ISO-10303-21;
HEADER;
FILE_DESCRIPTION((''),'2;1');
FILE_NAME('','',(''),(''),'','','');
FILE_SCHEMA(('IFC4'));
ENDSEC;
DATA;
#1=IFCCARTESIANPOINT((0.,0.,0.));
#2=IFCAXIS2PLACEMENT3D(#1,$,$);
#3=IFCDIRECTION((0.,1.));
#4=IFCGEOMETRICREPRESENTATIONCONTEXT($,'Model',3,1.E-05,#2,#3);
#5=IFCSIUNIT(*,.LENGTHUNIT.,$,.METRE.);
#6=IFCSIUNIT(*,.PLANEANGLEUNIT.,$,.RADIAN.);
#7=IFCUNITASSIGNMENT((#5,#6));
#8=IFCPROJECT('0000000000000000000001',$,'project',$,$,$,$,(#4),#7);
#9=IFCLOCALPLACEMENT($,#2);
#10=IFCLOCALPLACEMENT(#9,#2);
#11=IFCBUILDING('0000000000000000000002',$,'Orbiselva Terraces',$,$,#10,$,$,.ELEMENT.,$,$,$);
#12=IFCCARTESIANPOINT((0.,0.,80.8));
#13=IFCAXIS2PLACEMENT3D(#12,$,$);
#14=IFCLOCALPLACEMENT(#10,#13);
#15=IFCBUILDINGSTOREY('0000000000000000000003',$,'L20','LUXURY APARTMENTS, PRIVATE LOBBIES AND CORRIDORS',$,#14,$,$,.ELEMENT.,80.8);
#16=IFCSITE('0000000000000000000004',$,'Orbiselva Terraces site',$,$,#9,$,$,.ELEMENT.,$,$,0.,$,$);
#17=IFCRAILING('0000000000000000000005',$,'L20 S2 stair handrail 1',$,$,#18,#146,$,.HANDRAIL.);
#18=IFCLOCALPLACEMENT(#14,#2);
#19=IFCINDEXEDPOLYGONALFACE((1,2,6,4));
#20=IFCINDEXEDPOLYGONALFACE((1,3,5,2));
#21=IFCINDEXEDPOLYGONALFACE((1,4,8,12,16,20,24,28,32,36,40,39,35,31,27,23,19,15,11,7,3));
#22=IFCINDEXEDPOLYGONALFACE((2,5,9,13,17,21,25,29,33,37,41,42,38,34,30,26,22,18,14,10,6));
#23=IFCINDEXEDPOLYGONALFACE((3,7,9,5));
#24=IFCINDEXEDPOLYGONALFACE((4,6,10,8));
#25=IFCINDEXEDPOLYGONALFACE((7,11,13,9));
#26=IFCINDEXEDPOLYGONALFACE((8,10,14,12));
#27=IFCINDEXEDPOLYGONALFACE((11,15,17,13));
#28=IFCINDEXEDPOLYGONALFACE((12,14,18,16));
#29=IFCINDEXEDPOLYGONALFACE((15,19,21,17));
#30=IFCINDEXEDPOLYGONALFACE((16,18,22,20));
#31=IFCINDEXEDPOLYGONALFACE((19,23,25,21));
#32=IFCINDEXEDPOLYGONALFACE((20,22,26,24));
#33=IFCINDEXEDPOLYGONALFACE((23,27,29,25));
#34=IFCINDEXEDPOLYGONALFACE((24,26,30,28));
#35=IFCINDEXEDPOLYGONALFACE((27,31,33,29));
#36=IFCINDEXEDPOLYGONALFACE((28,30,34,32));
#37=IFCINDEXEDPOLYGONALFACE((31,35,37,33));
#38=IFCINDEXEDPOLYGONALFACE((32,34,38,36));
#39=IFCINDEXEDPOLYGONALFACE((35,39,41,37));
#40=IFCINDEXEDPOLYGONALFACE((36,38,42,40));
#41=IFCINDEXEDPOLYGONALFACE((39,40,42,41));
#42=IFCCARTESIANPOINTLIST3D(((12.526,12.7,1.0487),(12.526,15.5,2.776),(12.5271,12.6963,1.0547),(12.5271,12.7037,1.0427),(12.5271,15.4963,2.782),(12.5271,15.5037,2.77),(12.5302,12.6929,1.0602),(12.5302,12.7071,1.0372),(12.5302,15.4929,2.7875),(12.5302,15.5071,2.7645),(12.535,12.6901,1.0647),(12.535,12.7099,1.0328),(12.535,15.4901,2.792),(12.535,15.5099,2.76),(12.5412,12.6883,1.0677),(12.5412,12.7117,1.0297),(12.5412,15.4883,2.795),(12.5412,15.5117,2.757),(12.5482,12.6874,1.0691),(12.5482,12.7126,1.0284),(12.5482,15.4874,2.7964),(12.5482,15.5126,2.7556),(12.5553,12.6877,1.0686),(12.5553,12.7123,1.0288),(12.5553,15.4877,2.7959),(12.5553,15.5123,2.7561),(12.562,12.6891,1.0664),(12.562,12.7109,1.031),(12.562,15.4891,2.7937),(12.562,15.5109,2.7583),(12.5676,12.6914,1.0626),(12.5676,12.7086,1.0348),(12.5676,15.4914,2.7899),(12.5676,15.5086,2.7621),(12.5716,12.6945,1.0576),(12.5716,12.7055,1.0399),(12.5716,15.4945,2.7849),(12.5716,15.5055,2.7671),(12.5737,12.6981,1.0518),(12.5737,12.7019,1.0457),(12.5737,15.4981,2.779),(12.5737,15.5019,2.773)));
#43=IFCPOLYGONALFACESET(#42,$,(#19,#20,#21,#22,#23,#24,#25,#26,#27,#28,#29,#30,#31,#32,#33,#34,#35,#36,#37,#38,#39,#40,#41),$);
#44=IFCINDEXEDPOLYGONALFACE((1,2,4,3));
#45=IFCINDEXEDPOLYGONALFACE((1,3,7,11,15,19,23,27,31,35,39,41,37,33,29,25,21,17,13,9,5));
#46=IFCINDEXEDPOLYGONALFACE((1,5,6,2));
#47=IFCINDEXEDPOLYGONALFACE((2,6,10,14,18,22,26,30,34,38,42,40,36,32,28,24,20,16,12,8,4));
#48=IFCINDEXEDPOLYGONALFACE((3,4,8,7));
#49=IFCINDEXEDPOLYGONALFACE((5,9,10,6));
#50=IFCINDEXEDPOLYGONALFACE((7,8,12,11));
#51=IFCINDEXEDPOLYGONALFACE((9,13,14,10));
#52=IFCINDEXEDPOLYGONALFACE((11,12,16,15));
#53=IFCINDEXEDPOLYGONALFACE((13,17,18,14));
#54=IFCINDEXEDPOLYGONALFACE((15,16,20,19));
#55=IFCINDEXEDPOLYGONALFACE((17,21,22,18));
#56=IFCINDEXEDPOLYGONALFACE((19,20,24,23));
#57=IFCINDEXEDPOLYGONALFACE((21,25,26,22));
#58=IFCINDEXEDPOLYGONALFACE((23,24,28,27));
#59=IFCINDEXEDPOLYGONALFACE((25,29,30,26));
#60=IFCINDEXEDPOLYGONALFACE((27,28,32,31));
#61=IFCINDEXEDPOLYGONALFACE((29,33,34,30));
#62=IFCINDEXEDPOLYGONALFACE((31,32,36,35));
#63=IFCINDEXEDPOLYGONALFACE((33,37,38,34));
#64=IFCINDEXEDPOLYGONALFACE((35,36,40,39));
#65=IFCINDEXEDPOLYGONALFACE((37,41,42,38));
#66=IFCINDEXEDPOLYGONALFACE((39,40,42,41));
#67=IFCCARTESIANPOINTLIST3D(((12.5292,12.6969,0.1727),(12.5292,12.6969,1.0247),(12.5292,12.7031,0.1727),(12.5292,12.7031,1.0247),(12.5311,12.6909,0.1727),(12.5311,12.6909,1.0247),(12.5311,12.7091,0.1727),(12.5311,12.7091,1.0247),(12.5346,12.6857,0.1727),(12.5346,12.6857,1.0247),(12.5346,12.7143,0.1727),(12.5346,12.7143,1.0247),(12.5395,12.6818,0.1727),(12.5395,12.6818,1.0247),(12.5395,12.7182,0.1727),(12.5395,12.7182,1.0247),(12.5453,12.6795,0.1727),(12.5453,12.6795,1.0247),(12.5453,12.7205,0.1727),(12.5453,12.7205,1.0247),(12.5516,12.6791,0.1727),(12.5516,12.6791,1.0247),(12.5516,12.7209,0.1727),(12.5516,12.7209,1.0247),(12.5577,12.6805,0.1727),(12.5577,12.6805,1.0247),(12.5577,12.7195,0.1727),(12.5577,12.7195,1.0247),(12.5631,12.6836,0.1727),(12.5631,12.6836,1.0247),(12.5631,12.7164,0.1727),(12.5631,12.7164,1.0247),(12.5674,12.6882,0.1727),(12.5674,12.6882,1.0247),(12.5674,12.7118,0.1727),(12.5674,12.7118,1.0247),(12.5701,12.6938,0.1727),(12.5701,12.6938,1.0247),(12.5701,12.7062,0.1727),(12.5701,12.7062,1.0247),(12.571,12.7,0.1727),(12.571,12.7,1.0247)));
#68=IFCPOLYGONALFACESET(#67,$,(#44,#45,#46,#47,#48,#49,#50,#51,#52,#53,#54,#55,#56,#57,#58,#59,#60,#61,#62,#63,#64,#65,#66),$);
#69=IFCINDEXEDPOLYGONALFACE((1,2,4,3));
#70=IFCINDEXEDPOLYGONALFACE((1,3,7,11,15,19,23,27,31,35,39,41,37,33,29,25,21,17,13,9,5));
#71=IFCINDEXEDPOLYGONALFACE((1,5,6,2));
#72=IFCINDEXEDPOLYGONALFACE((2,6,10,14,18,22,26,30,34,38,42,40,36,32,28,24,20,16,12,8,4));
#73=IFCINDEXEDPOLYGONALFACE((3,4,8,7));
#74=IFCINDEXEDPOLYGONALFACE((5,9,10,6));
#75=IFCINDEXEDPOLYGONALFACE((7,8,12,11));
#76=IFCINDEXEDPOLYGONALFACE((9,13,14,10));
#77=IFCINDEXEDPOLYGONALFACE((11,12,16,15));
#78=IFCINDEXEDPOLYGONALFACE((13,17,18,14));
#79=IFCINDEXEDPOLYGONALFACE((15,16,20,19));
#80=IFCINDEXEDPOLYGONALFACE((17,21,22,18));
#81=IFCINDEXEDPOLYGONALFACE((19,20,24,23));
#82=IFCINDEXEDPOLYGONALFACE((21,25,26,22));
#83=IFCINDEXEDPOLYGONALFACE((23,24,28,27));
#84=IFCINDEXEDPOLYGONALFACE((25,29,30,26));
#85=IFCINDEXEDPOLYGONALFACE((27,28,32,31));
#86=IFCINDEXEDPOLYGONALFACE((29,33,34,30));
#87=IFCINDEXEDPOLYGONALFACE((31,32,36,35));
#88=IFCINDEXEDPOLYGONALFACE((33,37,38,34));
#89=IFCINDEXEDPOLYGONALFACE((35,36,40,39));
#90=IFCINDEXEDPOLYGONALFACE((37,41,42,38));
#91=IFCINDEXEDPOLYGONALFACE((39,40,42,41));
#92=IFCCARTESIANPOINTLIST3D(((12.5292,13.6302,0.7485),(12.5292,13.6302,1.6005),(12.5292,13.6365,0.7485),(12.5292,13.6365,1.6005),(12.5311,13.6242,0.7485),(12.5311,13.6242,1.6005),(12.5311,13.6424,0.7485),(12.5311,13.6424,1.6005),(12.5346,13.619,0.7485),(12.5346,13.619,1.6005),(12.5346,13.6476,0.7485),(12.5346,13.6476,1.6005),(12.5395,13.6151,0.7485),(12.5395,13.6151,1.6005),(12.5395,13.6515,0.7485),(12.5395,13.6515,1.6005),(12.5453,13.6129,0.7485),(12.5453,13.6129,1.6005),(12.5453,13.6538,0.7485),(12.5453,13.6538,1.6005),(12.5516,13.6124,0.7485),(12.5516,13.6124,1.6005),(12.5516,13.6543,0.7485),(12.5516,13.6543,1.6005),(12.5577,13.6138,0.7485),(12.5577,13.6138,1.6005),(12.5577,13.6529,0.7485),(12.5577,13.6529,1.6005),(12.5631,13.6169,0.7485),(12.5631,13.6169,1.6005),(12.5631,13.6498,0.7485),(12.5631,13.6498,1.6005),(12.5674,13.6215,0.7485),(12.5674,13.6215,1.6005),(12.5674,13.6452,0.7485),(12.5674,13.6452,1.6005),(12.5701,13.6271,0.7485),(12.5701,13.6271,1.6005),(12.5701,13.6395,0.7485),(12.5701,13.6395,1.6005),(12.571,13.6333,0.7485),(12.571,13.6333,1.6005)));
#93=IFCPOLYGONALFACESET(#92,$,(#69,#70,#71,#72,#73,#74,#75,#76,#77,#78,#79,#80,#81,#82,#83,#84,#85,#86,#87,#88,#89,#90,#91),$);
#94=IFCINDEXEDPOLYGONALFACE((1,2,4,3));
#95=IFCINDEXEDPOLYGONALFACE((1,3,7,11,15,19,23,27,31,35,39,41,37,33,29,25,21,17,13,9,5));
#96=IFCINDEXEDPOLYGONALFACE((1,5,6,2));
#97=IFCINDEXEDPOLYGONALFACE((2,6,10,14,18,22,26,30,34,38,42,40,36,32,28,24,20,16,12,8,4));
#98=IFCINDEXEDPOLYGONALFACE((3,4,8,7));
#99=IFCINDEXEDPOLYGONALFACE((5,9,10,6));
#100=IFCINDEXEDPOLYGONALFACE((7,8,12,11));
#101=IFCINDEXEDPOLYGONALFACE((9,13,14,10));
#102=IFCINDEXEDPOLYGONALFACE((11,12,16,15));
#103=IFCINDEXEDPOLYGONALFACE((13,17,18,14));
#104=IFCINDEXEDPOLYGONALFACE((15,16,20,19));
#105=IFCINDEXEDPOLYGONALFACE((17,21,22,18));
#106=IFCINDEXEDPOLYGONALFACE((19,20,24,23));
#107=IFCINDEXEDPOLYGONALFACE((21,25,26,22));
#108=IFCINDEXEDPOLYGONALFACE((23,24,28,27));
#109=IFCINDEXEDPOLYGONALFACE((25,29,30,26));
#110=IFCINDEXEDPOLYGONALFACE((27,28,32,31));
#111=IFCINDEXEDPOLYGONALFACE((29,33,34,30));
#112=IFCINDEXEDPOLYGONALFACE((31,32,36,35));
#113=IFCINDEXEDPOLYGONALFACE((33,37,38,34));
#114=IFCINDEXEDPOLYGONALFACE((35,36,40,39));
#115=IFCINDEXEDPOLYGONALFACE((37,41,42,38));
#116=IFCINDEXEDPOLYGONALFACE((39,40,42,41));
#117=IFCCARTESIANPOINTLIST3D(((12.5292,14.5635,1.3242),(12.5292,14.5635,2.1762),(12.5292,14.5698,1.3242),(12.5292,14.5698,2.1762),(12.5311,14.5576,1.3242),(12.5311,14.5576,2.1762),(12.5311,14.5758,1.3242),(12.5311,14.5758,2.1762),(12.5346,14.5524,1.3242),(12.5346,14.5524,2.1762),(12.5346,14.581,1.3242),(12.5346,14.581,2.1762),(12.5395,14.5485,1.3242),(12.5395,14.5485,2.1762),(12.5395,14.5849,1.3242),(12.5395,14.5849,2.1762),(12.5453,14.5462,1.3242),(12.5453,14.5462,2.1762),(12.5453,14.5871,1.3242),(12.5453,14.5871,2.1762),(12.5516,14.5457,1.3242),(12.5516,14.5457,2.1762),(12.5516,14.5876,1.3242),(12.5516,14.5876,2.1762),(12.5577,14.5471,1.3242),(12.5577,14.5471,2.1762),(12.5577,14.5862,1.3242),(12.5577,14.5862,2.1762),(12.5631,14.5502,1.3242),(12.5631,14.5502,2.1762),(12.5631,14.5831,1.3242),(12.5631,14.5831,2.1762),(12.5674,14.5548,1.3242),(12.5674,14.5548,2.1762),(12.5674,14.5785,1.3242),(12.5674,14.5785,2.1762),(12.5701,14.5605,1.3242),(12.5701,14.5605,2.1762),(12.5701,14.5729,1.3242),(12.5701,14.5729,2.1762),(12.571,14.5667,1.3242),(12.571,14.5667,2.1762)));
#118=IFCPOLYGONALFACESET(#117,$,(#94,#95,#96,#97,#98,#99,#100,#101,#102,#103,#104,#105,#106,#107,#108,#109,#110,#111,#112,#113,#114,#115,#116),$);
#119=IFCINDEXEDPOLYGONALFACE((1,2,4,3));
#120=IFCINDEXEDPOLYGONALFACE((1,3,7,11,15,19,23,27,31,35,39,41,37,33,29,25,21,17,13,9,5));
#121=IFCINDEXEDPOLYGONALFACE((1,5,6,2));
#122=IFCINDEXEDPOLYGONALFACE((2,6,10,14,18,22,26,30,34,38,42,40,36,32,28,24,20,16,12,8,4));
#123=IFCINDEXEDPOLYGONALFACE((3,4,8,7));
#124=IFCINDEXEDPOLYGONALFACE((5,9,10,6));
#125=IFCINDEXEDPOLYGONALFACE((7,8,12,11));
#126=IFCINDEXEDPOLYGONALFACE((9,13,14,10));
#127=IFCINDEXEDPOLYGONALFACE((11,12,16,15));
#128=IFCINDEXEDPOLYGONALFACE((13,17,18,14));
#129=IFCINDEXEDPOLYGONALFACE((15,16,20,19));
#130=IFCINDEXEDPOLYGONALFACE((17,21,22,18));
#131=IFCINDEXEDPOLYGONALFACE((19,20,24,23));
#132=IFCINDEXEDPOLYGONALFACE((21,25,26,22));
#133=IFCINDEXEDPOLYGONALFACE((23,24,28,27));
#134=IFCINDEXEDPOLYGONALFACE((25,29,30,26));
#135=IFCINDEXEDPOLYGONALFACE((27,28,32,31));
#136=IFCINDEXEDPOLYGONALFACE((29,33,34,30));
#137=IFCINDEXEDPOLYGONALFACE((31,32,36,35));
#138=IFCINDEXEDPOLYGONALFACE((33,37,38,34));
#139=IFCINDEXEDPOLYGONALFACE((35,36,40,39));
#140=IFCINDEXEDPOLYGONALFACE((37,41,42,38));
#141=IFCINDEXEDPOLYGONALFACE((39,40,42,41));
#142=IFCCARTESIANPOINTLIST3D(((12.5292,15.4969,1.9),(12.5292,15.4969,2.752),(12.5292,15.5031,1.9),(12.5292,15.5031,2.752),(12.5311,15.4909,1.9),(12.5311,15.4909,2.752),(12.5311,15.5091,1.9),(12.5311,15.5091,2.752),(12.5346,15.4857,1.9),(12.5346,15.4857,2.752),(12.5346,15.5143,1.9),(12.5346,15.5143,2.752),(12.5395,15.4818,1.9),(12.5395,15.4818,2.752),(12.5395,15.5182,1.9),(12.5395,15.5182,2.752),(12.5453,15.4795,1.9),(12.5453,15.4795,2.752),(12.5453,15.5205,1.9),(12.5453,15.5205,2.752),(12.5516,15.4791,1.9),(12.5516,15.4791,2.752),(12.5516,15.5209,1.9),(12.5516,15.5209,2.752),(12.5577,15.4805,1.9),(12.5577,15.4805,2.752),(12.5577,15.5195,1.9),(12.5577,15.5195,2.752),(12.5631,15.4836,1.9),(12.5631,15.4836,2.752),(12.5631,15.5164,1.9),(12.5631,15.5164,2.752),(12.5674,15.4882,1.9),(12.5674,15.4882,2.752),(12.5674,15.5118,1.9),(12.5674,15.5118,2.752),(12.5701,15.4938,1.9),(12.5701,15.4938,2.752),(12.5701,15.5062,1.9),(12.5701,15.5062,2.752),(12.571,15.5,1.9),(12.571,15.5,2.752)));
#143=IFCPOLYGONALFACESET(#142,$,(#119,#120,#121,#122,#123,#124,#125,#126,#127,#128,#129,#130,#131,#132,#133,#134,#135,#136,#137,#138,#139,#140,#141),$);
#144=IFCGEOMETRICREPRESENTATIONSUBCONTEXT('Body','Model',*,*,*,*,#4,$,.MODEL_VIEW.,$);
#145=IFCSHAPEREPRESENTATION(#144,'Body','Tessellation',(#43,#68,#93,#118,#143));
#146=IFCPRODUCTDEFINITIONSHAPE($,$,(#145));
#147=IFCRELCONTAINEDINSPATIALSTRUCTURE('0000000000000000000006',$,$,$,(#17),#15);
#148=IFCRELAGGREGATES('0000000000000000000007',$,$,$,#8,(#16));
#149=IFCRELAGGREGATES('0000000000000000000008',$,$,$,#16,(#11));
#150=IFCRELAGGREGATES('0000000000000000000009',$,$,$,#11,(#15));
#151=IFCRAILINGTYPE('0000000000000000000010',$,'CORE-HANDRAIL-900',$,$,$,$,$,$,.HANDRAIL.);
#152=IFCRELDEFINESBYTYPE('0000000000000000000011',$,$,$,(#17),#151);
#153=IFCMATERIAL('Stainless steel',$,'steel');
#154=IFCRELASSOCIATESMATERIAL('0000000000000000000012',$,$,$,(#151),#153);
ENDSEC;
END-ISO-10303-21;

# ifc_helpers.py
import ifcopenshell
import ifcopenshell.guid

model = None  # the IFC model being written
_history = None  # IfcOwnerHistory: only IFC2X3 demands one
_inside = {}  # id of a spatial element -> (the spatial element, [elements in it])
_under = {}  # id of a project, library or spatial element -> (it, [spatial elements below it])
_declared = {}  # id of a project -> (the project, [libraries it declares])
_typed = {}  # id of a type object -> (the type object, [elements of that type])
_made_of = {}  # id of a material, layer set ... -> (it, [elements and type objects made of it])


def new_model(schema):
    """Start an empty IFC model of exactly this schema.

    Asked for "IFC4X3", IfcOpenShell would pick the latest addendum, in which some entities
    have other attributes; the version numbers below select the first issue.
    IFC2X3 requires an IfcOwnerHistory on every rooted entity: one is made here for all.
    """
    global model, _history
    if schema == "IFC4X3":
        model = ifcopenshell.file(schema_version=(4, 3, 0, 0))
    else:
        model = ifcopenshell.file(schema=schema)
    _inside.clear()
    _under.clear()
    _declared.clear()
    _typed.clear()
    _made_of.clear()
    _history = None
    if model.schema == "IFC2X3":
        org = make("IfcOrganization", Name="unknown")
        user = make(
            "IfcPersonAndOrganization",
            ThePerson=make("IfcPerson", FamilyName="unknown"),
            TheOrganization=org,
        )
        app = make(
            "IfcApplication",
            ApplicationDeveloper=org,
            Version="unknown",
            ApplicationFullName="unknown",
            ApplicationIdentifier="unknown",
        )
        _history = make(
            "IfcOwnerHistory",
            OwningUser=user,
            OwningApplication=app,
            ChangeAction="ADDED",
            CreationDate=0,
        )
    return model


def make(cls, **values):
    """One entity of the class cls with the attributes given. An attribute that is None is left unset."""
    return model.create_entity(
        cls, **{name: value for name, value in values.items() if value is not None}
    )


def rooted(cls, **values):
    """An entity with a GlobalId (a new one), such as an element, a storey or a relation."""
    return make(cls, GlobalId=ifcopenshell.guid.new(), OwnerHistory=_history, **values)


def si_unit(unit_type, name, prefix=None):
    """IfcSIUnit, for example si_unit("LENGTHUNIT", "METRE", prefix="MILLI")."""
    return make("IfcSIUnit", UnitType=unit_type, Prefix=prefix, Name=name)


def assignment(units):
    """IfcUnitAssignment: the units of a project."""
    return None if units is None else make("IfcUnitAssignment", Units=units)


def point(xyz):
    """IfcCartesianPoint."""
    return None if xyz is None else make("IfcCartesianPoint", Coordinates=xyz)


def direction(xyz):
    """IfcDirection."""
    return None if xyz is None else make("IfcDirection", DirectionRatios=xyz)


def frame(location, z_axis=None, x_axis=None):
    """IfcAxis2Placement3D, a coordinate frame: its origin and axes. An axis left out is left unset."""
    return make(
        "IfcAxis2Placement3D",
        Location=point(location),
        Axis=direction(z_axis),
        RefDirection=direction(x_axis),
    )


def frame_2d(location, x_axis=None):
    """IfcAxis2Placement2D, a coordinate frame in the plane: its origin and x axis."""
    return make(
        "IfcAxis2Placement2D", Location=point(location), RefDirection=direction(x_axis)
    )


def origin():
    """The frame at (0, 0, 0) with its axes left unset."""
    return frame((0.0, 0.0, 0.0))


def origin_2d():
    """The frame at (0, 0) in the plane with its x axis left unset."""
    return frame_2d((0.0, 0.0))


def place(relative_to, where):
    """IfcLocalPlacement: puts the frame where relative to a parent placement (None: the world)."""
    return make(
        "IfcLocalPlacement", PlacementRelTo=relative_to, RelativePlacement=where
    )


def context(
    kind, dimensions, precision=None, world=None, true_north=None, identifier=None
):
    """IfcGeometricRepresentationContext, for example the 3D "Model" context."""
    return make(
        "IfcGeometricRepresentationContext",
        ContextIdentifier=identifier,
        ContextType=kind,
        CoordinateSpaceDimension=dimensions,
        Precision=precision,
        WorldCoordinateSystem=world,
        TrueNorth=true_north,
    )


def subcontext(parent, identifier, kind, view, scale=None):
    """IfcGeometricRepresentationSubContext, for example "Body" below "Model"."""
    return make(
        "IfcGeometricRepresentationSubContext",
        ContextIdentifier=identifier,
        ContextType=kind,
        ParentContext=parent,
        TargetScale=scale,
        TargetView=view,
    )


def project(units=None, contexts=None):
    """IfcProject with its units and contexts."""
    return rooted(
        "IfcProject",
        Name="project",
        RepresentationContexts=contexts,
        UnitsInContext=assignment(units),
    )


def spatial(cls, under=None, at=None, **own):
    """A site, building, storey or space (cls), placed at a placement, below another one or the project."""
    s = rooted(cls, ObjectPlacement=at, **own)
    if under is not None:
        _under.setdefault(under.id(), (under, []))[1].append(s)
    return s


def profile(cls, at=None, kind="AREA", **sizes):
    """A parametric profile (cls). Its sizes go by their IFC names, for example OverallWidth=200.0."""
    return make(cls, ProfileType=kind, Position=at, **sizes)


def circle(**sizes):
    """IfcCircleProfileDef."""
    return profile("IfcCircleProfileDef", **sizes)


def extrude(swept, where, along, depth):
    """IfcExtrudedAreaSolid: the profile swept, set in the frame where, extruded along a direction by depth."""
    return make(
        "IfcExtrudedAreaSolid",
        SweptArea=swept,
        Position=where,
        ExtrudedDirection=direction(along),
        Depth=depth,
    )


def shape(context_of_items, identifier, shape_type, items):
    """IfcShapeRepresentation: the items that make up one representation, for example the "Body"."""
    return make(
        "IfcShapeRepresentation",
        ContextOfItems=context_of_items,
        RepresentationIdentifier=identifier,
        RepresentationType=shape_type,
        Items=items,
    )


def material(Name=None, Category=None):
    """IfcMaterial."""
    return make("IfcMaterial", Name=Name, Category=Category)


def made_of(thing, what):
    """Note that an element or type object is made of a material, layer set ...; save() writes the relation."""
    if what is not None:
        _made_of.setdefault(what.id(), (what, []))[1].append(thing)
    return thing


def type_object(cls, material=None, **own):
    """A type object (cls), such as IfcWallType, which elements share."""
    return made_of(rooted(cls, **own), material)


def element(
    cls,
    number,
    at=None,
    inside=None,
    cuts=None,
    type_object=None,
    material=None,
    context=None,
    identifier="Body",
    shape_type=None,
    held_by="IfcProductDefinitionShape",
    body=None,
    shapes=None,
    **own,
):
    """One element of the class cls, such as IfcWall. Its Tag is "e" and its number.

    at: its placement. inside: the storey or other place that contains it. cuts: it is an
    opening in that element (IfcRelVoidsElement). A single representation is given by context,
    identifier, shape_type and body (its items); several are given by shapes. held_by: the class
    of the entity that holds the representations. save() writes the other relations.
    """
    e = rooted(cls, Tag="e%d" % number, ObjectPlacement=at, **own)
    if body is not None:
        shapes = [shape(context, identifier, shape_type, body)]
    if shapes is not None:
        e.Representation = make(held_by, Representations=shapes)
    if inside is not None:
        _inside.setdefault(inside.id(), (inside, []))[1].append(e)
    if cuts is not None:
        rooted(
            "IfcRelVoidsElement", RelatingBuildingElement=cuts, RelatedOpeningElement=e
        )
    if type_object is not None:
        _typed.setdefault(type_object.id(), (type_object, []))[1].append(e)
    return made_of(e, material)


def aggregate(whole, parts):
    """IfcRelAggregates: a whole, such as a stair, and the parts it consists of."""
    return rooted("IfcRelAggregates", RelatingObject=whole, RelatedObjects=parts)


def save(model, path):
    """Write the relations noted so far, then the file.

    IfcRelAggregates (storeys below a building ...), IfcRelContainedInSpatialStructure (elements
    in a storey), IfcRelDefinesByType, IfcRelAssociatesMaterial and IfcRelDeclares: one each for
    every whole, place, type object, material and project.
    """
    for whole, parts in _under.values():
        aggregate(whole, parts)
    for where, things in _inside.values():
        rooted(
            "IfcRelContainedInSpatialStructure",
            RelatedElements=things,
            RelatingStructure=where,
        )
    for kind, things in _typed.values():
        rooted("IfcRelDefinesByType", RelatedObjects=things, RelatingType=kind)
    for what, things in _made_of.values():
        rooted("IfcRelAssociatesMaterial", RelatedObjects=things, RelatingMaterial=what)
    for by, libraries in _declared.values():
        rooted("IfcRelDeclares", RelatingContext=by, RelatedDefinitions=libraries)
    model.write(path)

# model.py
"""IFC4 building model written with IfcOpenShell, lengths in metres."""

from ifc_helpers import new_model, si_unit, direction, frame, origin, origin_2d, place, context, subcontext, project, spatial, circle, extrude, material, type_object, element, save


model = new_model("IFC4")

# Units and contexts
model_context = context("Model", 3, precision=1e-05, world=origin(), true_north=direction((0.0, 1.0)))
body_context = subcontext(model_context, "Body", "Model", "MODEL_VIEW")
ifc_project = project(units=[si_unit("LENGTHUNIT", "METRE"), si_unit("PLANEANGLEUNIT", "RADIAN")], contexts=[model_context])

# Site, building, storey
site_placement = place(None, origin())
site = spatial("IfcSite", under=ifc_project, at=site_placement, Name="Orbiselva Terraces site", CompositionType="ELEMENT", RefElevation=0.0)
building_placement = place(site_placement, origin())
building = spatial("IfcBuilding", under=site, at=building_placement, Name="Orbiselva Terraces", CompositionType="ELEMENT")
storey_placement = place(building_placement, frame((0.0, 0.0, 80.8)))
storey = spatial("IfcBuildingStorey", under=building, at=storey_placement, Name="L20", Description="LUXURY APARTMENTS, PRIVATE LOBBIES AND CORRIDORS", CompositionType="ELEMENT", Elevation=80.8)

# Railing
ifc_material_1 = material(Name="Stainless steel", Category="steel")
railing_type_1 = type_object("IfcRailingType", Name="CORE-HANDRAIL-900", PredefinedType="HANDRAIL", material=ifc_material_1)
railing_1_placement = place(storey_placement, frame((12.55, 12.7, 0.1727)))
element("IfcRailing", 1, at=railing_1_placement, inside=storey, type_object=railing_type_1, Name="L20 S2 stair handrail 1", PredefinedType="HANDRAIL", context=body_context, shape_type="SweptSolid", body=[
    extrude(circle(Radius=0.024, at=origin_2d()), frame((0.0, 0.0, 0.876), z_axis=(0.0, 0.851089, 0.525022), x_axis=(-1.0, 0.0, 0.0)), (0.0, 0.0, 1.0), 3.2899),
    extrude(circle(Radius=0.021, at=origin_2d()), origin(), (0.0, 0.0, 1.0), 0.852),
    extrude(circle(Radius=0.021, at=origin_2d()), frame((0.0, 0.9333, 0.5758)), (0.0, 0.0, 1.0), 0.852),
    extrude(circle(Radius=0.021, at=origin_2d()), frame((0.0, 1.8667, 1.1515)), (0.0, 0.0, 1.0), 0.852),
    extrude(circle(Radius=0.021, at=origin_2d()), frame((0.0, 2.8, 1.7273)), (0.0, 0.0, 1.0), 0.852),
])

save(model, "model.ifc")
